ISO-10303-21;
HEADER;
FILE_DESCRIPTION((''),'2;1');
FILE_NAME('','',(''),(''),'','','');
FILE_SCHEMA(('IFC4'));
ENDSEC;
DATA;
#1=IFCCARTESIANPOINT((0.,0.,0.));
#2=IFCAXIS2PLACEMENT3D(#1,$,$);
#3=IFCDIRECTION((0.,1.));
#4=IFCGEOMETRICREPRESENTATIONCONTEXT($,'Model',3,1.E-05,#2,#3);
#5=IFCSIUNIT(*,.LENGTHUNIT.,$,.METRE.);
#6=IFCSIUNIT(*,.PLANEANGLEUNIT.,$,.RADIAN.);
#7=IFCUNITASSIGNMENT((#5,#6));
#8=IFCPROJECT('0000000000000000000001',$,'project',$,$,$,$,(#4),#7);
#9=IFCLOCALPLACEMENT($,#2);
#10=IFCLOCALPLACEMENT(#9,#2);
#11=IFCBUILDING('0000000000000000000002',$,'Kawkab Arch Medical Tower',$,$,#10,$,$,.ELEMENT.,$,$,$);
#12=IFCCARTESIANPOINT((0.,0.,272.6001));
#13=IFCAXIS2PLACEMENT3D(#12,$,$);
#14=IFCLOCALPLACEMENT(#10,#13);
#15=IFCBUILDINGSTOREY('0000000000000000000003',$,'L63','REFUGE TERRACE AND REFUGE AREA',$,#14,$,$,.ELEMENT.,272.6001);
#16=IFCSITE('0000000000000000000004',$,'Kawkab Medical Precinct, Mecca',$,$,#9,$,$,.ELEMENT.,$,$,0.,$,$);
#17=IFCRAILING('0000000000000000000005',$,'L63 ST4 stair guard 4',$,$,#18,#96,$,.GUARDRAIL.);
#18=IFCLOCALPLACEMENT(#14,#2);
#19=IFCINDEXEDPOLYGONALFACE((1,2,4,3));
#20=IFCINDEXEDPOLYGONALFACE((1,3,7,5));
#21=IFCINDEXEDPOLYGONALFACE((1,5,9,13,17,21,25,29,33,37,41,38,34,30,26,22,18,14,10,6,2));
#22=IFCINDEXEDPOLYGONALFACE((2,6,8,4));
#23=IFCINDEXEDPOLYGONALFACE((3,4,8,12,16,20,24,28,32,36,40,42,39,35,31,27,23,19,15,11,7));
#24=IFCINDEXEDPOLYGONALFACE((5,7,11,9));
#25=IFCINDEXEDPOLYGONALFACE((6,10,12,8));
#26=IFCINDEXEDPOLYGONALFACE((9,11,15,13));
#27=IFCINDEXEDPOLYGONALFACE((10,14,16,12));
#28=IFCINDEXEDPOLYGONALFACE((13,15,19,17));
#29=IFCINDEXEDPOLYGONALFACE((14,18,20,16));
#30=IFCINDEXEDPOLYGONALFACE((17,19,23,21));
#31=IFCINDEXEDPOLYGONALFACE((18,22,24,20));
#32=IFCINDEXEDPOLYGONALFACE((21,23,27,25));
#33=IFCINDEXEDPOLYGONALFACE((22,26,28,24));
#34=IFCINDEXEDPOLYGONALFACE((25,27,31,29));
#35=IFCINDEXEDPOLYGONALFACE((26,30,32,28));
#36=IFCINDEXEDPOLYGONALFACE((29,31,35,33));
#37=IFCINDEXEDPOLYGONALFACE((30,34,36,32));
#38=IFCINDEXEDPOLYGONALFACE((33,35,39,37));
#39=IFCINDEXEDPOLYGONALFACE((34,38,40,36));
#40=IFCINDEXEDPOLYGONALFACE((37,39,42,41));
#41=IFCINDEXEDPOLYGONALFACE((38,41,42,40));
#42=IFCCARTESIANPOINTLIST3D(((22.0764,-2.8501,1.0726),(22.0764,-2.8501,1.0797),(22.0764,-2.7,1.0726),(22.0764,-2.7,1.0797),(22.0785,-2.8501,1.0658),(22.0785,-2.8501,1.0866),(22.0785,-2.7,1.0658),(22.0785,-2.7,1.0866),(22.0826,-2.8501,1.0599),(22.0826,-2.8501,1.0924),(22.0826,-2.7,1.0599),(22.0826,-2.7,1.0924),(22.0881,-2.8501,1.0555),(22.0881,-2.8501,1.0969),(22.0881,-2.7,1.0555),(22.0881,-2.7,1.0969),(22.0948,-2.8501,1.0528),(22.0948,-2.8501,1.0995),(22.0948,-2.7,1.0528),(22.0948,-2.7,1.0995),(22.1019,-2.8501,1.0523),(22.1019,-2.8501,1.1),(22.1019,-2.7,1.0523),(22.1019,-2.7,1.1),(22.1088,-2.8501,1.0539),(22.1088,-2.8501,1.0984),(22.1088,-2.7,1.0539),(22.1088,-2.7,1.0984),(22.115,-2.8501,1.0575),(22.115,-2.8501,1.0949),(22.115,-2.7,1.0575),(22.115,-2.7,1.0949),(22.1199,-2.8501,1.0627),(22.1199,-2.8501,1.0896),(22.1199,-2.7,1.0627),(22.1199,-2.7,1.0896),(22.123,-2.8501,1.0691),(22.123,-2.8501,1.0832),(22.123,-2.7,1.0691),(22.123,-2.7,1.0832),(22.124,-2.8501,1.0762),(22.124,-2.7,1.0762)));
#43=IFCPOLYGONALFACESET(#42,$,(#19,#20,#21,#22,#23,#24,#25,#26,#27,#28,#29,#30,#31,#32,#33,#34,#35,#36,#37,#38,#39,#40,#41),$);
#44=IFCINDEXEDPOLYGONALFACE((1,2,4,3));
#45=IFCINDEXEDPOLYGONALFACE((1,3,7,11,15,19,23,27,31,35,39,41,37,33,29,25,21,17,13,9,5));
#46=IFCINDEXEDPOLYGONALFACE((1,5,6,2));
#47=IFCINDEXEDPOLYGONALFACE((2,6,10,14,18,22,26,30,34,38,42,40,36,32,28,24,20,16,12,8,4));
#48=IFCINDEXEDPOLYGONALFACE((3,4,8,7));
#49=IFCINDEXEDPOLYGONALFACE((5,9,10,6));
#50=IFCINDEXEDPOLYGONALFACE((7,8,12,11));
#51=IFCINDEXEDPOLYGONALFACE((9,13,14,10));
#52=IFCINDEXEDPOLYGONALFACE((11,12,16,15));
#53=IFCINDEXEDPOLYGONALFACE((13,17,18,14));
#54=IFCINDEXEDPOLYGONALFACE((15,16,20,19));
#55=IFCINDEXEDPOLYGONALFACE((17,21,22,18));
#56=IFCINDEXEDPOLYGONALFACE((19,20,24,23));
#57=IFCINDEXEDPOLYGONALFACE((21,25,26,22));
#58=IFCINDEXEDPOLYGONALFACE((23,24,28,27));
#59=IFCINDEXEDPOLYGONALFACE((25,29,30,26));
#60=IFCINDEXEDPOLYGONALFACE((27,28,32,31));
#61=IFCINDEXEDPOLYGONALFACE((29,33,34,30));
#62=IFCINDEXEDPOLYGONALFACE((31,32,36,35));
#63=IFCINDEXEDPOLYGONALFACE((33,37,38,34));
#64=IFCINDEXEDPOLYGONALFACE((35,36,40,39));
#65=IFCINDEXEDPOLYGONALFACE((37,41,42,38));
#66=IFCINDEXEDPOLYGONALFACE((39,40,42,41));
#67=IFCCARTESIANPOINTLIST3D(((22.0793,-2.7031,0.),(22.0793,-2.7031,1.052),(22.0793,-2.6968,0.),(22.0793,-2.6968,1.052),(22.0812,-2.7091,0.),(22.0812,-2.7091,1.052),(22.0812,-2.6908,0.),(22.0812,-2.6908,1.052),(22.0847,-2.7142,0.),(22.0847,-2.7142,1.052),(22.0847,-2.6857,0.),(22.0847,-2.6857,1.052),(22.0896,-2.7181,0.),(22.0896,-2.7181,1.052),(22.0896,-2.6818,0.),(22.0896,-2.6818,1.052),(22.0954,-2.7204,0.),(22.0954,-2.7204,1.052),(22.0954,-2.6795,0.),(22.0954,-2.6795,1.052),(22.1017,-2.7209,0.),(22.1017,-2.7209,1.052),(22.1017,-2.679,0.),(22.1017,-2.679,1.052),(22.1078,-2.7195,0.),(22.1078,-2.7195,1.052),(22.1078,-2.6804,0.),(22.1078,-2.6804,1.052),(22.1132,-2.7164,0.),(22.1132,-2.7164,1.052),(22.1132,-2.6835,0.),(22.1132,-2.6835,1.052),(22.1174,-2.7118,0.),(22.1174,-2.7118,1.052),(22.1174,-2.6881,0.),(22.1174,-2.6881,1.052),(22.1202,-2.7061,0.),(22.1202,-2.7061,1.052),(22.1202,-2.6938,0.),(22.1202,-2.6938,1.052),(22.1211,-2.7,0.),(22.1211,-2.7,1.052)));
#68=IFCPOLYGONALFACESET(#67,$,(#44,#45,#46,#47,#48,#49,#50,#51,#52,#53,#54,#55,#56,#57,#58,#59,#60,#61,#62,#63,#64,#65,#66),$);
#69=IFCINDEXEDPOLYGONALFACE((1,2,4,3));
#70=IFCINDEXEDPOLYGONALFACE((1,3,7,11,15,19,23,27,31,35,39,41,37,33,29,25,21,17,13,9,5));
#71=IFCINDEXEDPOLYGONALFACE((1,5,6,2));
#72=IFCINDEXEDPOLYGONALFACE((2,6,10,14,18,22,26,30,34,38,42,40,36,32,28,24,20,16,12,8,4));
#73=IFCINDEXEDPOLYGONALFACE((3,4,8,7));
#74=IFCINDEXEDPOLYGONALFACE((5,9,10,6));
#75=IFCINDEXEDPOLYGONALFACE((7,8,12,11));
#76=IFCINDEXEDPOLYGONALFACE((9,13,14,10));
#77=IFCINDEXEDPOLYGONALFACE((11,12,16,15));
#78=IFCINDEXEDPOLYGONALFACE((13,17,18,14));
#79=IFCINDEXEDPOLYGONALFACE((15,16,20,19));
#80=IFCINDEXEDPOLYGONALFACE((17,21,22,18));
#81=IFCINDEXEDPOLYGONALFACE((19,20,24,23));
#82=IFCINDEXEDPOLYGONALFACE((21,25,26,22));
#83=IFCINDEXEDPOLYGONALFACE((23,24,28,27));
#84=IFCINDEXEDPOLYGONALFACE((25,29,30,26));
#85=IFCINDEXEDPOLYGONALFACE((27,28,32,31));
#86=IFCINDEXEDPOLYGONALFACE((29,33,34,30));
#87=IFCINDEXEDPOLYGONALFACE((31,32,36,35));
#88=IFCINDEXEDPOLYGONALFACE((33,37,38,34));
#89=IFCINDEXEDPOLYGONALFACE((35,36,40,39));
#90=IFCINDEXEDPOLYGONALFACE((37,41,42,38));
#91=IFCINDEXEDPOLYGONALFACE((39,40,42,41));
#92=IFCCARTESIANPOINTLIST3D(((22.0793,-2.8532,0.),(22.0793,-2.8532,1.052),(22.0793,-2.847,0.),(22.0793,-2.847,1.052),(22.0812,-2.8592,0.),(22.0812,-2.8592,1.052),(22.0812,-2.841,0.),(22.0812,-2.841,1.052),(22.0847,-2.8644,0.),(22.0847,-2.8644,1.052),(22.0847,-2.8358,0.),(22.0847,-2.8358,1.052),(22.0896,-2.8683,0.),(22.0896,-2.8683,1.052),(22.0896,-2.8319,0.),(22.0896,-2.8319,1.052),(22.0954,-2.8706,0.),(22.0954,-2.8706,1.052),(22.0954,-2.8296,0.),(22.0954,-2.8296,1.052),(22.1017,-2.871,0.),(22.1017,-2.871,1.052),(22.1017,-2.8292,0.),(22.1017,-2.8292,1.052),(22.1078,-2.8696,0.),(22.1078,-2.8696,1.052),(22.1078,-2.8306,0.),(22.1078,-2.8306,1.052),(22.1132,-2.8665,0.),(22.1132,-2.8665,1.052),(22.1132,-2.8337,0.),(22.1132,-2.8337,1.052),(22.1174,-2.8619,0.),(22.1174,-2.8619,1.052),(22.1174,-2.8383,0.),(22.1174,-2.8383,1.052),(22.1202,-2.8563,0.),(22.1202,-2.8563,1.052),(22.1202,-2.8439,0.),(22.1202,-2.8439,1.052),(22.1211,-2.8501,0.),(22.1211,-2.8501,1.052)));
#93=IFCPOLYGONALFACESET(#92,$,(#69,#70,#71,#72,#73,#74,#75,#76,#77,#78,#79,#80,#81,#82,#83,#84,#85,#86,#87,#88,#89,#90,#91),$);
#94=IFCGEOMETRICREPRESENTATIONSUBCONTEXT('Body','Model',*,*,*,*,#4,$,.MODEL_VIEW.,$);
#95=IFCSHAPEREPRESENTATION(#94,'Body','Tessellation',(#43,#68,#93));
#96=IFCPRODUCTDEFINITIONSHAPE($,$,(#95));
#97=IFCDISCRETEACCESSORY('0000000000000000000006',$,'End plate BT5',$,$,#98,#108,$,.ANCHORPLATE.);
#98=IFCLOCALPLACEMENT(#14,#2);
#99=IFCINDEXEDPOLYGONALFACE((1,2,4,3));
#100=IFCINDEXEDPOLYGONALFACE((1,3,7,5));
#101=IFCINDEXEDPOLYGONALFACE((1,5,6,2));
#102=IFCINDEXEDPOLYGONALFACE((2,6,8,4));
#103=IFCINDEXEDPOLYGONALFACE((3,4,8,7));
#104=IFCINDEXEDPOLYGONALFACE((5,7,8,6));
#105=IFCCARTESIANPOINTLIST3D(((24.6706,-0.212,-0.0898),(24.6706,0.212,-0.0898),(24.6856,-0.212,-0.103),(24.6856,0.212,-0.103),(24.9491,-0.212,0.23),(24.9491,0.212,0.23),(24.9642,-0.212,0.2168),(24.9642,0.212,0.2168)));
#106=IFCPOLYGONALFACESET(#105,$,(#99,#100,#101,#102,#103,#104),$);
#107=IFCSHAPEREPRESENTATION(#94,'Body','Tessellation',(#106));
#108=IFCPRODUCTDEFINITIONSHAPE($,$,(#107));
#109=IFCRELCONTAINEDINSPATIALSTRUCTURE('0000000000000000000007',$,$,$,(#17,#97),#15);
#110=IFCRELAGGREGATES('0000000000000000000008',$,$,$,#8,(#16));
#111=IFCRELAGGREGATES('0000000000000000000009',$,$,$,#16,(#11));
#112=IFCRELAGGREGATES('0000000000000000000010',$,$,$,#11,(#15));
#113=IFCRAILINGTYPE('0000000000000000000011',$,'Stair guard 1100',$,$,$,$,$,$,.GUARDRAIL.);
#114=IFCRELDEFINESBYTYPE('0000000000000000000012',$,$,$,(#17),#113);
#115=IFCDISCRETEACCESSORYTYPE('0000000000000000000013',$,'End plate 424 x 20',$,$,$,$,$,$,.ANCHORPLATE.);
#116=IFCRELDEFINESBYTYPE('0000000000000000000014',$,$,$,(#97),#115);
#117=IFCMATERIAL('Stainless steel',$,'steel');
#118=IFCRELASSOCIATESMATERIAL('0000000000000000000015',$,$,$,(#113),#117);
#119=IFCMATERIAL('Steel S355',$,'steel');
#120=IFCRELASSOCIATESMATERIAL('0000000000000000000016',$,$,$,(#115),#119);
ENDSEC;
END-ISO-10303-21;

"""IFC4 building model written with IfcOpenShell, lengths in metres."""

from ifc_helpers import new_model, si_unit, direction, frame, origin, origin_2d, place, context, subcontext, project, spatial, rectangle, circle, extrude, material, material_profile, profile_set, type_object, element, save


model = new_model("IFC4")

# Units and contexts
model_context = context("Model", 3, precision=1e-05, world=origin(), true_north=direction((0.0, 1.0)))
body_context = subcontext(model_context, "Body", "Model", "MODEL_VIEW")
ifc_project = project(units=[si_unit("LENGTHUNIT", "METRE"), si_unit("PLANEANGLEUNIT", "RADIAN")], contexts=[model_context])

# Site, building, storey
site_placement = place(None, origin())
site = spatial("IfcSite", under=ifc_project, at=site_placement, Name="Kawkab Medical Precinct, Mecca", CompositionType="ELEMENT", RefElevation=0.0)
building_placement = place(site_placement, origin())
building = spatial("IfcBuilding", under=site, at=building_placement, Name="Kawkab Arch Medical Tower", CompositionType="ELEMENT")
storey_placement = place(building_placement, frame((0.0, 0.0, 272.6001)))
storey = spatial("IfcBuildingStorey", under=building, at=storey_placement, Name="L63", Description="REFUGE TERRACE AND REFUGE AREA", CompositionType="ELEMENT", Elevation=272.6001)

# Railing
ifc_material_1 = material(Name="Stainless steel", Category="steel")
railing_type_1 = type_object("IfcRailingType", Name="Stair guard 1100", PredefinedType="GUARDRAIL", material=ifc_material_1)
railing_1_placement = place(storey_placement, frame((22.1001, -2.7, 0.0)))
element("IfcRailing", 1, at=railing_1_placement, inside=storey, type_object=railing_type_1, Name="L63 ST4 stair guard 4", PredefinedType="GUARDRAIL", context=body_context, shape_type="SweptSolid", body=[
    extrude(circle(Radius=0.0239, at=origin_2d()), frame((0.0, 0.0, 1.0762), z_axis=(0.0, -1.0, 0.0), x_axis=(1.0, 0.0, 0.0)), (0.0, 0.0, 1.0), 0.1501),
    extrude(circle(Radius=0.021, at=origin_2d()), origin(), (0.0, 0.0, 1.0), 1.052),
    extrude(circle(Radius=0.021, at=origin_2d()), frame((0.0, -0.1501, 0.0)), (0.0, 0.0, 1.0), 1.052),
])

# Discrete accessory
ifc_material_2 = material(Name="Steel S355", Category="steel")
ifc_material_profile_1 = material_profile(ifc_material_2, rectangle(XDim=0.4241, YDim=0.4241, at=origin_2d()), Name="End plate 424 x 20")
ifc_profile_set_1 = profile_set([ifc_material_profile_1], Name="Steel S355")
discrete_accessory_type = type_object("IfcDiscreteAccessoryType", Name="End plate 424 x 20", PredefinedType="ANCHORPLATE", material=ifc_profile_set_1)
discrete_accessory_placement = place(storey_placement, frame((24.8098, 0.0, 0.0701), z_axis=(0.754082, 0.0, -0.656781), x_axis=(0.0, 1.0, 0.0)))
element("IfcDiscreteAccessory", 2, at=discrete_accessory_placement, inside=storey, type_object=discrete_accessory_type, Name="End plate BT5", PredefinedType="ANCHORPLATE", context=body_context, shape_type="SweptSolid", body=[
    extrude(rectangle(XDim=0.4241, YDim=0.4241, at=origin_2d()), origin(), (0.0, 0.0, 1.0), 0.02),
])

save(model, "model.ifc")
